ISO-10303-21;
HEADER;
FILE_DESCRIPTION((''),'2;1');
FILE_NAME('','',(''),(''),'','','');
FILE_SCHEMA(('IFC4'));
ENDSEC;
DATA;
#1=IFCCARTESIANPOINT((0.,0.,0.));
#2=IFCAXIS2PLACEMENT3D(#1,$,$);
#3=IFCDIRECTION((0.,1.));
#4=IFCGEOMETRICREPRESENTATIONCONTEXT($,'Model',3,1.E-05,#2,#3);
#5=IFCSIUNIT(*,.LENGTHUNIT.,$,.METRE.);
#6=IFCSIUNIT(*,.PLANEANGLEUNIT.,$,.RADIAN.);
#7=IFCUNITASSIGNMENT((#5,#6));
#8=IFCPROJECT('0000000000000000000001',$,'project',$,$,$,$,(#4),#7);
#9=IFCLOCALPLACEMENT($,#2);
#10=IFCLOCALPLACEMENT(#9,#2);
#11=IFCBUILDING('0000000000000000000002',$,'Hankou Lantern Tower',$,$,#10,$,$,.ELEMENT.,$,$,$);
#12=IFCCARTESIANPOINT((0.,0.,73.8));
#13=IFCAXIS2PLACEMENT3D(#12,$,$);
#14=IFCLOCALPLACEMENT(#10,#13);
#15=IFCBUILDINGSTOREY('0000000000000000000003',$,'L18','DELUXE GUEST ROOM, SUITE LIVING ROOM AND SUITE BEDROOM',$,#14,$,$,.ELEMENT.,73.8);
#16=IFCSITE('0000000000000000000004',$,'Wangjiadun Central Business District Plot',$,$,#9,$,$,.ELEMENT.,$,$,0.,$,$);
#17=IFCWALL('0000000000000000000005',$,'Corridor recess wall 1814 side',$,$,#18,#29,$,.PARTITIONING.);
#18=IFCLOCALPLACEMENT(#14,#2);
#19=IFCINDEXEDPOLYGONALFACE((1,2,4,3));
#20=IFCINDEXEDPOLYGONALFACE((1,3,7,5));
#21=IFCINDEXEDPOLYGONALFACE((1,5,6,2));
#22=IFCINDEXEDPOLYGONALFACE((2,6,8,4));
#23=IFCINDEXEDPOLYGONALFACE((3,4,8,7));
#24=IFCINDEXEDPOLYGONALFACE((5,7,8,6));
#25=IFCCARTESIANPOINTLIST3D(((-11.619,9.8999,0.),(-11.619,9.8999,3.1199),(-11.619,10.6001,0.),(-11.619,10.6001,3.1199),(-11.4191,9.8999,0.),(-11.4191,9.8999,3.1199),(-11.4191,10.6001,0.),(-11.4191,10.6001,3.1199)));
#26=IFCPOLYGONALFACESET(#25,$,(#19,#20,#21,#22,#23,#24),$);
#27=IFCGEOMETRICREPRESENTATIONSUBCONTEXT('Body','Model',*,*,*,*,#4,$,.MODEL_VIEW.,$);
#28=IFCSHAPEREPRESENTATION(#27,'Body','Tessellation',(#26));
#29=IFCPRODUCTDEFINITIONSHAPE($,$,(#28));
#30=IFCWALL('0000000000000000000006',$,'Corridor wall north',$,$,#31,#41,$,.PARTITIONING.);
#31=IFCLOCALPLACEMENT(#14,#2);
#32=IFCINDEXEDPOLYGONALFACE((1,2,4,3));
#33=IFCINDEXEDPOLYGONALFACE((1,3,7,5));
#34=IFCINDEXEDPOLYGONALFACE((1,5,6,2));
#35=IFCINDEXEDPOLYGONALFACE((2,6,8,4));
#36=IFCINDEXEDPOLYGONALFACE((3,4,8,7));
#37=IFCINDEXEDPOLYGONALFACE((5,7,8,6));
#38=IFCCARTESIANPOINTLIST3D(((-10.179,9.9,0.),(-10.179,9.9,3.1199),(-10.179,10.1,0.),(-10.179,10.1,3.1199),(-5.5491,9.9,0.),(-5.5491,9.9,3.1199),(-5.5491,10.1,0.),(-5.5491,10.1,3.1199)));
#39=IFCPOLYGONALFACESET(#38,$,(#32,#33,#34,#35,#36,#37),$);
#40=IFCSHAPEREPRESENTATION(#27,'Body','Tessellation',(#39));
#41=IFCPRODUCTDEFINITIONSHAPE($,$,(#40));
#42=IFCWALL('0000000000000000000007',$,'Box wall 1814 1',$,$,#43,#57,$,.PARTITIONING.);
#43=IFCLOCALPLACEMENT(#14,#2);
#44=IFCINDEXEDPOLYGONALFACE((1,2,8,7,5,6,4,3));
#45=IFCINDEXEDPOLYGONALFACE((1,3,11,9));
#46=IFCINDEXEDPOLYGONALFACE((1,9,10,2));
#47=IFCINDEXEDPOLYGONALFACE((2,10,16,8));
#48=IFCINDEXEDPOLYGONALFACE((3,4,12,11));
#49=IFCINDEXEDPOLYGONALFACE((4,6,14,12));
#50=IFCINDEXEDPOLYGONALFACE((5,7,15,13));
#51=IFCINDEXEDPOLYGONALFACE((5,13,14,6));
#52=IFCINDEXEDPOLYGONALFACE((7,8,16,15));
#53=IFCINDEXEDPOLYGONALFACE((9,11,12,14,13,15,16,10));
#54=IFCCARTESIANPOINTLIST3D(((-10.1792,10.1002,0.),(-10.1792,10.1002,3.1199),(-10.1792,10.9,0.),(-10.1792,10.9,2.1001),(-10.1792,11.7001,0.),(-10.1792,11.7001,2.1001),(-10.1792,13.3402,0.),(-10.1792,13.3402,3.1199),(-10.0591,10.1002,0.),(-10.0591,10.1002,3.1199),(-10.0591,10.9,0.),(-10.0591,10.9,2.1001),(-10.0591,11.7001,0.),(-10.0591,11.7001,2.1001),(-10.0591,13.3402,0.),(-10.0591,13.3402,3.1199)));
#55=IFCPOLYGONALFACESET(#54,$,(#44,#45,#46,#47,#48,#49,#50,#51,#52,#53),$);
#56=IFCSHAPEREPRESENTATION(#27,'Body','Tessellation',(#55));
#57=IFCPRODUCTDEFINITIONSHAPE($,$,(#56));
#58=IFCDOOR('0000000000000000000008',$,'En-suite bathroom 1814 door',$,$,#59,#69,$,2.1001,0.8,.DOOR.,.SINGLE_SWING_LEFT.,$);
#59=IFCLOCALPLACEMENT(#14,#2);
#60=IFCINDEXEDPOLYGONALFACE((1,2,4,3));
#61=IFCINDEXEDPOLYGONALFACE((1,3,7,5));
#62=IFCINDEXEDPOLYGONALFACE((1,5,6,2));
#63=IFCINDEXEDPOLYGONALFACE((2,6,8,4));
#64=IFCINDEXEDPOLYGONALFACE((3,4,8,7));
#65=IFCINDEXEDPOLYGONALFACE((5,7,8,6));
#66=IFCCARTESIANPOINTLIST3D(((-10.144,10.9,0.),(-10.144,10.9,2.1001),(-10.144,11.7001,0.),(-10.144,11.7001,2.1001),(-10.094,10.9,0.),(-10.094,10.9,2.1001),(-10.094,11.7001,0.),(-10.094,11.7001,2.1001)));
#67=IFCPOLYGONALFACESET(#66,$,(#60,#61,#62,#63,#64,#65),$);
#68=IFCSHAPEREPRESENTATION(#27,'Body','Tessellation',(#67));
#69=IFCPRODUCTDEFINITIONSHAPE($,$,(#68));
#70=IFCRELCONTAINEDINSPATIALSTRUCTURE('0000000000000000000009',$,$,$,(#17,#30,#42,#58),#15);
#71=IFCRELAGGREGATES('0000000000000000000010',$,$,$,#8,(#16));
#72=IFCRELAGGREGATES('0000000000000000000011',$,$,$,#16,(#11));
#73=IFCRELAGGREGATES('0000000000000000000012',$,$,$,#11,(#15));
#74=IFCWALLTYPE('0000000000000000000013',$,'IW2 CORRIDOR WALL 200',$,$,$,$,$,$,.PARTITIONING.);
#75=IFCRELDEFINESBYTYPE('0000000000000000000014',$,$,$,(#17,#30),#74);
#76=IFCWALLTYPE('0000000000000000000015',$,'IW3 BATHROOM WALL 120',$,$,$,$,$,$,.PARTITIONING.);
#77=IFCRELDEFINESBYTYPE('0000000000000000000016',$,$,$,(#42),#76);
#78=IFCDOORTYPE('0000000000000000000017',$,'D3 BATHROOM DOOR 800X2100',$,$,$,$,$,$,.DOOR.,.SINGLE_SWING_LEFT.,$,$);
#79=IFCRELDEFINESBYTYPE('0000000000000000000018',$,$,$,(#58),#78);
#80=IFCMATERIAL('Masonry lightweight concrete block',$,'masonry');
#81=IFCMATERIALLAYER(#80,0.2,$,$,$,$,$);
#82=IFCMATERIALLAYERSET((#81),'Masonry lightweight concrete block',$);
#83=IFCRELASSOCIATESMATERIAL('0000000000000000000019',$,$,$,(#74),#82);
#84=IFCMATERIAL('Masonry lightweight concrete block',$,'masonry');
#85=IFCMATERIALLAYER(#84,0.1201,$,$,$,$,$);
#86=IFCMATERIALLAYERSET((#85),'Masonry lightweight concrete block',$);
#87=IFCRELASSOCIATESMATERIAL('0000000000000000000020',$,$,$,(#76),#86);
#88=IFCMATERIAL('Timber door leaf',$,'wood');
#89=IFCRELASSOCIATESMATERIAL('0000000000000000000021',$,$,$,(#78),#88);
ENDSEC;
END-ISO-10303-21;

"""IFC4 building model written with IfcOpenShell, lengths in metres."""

from ifc_helpers import new_model, si_unit, direction, frame, frame_2d, origin, place, context, subcontext, project, spatial, rectangle, extrude, material, layer, layer_set, type_object, element, fill, save


model = new_model("IFC4")

# Units and contexts
model_context = context("Model", 3, precision=1e-05, world=origin(), true_north=direction((0.0, 1.0)))
body_context = subcontext(model_context, "Body", "Model", "MODEL_VIEW")
ifc_project = project(units=[si_unit("LENGTHUNIT", "METRE"), si_unit("PLANEANGLEUNIT", "RADIAN")], contexts=[model_context])

# Site, building, storey
site_placement = place(None, origin())
site = spatial("IfcSite", under=ifc_project, at=site_placement, Name="Wangjiadun Central Business District Plot", CompositionType="ELEMENT", RefElevation=0.0)
building_placement = place(site_placement, origin())
building = spatial("IfcBuilding", under=site, at=building_placement, Name="Hankou Lantern Tower", CompositionType="ELEMENT")
storey_placement = place(building_placement, frame((0.0, 0.0, 73.8)))
storey = spatial("IfcBuildingStorey", under=building, at=storey_placement, Name="L18", Description="DELUXE GUEST ROOM, SUITE LIVING ROOM AND SUITE BEDROOM", CompositionType="ELEMENT", Elevation=73.8)

# Shared definitions
ifc_material_1 = material(Name="Masonry lightweight concrete block", Category="masonry")
ifc_layer_1 = layer(ifc_material_1, 0.2)
ifc_layer_set_1 = layer_set([ifc_layer_1], Name="Masonry lightweight concrete block")
wall_type_1 = type_object("IfcWallType", Name="IW2 CORRIDOR WALL 200", PredefinedType="PARTITIONING", material=ifc_layer_set_1)

# Walls
wall_1_placement = place(storey_placement, frame((-11.519, 9.8999, 0.0), z_axis=(0.0, 0.0, 1.0), x_axis=(0.0, 1.0, 0.0)))
element("IfcWall", 1, at=wall_1_placement, inside=storey, type_object=wall_type_1, Name="Corridor recess wall 1814 side", PredefinedType="PARTITIONING", context=body_context, shape_type="SweptSolid", body=[
    extrude(rectangle(XDim=0.7002, YDim=0.2, at=frame_2d((0.3501, 0.0))), origin(), (0.0, 0.0, 1.0), 3.1199),
])
wall_2_placement = place(storey_placement, frame((-10.179, 10.0, 0.0), z_axis=(0.0, 0.0, 1.0), x_axis=(1.0, 0.0, 0.0)))
element("IfcWall", 2, at=wall_2_placement, inside=storey, type_object=wall_type_1, Name="Corridor wall north", PredefinedType="PARTITIONING", context=body_context, shape_type="SweptSolid", body=[
    extrude(rectangle(XDim=4.6299, YDim=0.2, at=frame_2d((2.3149, 0.0))), origin(), (0.0, 0.0, 1.0), 3.1199),
])

# Wall, opening, door
ifc_material_2 = material(Name="Masonry lightweight concrete block", Category="masonry")
ifc_layer_2 = layer(ifc_material_2, 0.1201)
ifc_layer_set_2 = layer_set([ifc_layer_2], Name="Masonry lightweight concrete block")
wall_type_2 = type_object("IfcWallType", Name="IW3 BATHROOM WALL 120", PredefinedType="PARTITIONING", material=ifc_layer_set_2)
wall_3_placement = place(storey_placement, frame((-10.1191, 10.1001, 0.0), z_axis=(0.0, 0.0, 1.0), x_axis=(0.0, 1.0, 0.0)))
wall_3 = element("IfcWall", 3, at=wall_3_placement, inside=storey, type_object=wall_type_2, Name="Box wall 1814 1", PredefinedType="PARTITIONING", context=body_context, shape_type="SweptSolid", body=[
    extrude(rectangle(XDim=3.24, YDim=0.1201, at=frame_2d((1.6201, 0.0))), origin(), (0.0, 0.0, 1.0), 3.1199),
])
opening_1_placement = place(wall_3_placement, frame((0.8, 0.0, 0.0)))
opening_1 = element("IfcOpeningElement", 4, at=opening_1_placement, cuts=wall_3, PredefinedType="OPENING", context=body_context, shape_type="SweptSolid", body=[
    extrude(rectangle(XDim=0.8, YDim=2.1001, at=frame_2d((0.3999, 1.05))), frame((0.0, 0.0701, 0.0), z_axis=(0.0, -1.0, 0.0), x_axis=(1.0, 0.0, 0.0)), (0.0, 0.0, 1.0), 0.1401),
])
ifc_material_3 = material(Name="Timber door leaf", Category="wood")
door_type_1 = type_object("IfcDoorType", Name="D3 BATHROOM DOOR 800X2100", OperationType="SINGLE_SWING_LEFT", PredefinedType="DOOR", material=ifc_material_3)
door_1_placement = place(opening_1_placement, origin())
door_1 = element("IfcDoor", 5, at=door_1_placement, inside=storey, type_object=door_type_1, Name="En-suite bathroom 1814 door", OperationType="SINGLE_SWING_LEFT", OverallHeight=2.1001, OverallWidth=0.8, PredefinedType="DOOR", context=body_context, shape_type="SweptSolid", body=[
    extrude(rectangle(XDim=0.8, YDim=2.1001, at=frame_2d((0.3999, 1.05))), frame((0.0, 0.0249, 0.0), z_axis=(0.0, -1.0, 0.0), x_axis=(1.0, 0.0, 0.0)), (0.0, 0.0, 1.0), 0.05),
])
fill(opening_1, door_1)

save(model, "model.ifc")
